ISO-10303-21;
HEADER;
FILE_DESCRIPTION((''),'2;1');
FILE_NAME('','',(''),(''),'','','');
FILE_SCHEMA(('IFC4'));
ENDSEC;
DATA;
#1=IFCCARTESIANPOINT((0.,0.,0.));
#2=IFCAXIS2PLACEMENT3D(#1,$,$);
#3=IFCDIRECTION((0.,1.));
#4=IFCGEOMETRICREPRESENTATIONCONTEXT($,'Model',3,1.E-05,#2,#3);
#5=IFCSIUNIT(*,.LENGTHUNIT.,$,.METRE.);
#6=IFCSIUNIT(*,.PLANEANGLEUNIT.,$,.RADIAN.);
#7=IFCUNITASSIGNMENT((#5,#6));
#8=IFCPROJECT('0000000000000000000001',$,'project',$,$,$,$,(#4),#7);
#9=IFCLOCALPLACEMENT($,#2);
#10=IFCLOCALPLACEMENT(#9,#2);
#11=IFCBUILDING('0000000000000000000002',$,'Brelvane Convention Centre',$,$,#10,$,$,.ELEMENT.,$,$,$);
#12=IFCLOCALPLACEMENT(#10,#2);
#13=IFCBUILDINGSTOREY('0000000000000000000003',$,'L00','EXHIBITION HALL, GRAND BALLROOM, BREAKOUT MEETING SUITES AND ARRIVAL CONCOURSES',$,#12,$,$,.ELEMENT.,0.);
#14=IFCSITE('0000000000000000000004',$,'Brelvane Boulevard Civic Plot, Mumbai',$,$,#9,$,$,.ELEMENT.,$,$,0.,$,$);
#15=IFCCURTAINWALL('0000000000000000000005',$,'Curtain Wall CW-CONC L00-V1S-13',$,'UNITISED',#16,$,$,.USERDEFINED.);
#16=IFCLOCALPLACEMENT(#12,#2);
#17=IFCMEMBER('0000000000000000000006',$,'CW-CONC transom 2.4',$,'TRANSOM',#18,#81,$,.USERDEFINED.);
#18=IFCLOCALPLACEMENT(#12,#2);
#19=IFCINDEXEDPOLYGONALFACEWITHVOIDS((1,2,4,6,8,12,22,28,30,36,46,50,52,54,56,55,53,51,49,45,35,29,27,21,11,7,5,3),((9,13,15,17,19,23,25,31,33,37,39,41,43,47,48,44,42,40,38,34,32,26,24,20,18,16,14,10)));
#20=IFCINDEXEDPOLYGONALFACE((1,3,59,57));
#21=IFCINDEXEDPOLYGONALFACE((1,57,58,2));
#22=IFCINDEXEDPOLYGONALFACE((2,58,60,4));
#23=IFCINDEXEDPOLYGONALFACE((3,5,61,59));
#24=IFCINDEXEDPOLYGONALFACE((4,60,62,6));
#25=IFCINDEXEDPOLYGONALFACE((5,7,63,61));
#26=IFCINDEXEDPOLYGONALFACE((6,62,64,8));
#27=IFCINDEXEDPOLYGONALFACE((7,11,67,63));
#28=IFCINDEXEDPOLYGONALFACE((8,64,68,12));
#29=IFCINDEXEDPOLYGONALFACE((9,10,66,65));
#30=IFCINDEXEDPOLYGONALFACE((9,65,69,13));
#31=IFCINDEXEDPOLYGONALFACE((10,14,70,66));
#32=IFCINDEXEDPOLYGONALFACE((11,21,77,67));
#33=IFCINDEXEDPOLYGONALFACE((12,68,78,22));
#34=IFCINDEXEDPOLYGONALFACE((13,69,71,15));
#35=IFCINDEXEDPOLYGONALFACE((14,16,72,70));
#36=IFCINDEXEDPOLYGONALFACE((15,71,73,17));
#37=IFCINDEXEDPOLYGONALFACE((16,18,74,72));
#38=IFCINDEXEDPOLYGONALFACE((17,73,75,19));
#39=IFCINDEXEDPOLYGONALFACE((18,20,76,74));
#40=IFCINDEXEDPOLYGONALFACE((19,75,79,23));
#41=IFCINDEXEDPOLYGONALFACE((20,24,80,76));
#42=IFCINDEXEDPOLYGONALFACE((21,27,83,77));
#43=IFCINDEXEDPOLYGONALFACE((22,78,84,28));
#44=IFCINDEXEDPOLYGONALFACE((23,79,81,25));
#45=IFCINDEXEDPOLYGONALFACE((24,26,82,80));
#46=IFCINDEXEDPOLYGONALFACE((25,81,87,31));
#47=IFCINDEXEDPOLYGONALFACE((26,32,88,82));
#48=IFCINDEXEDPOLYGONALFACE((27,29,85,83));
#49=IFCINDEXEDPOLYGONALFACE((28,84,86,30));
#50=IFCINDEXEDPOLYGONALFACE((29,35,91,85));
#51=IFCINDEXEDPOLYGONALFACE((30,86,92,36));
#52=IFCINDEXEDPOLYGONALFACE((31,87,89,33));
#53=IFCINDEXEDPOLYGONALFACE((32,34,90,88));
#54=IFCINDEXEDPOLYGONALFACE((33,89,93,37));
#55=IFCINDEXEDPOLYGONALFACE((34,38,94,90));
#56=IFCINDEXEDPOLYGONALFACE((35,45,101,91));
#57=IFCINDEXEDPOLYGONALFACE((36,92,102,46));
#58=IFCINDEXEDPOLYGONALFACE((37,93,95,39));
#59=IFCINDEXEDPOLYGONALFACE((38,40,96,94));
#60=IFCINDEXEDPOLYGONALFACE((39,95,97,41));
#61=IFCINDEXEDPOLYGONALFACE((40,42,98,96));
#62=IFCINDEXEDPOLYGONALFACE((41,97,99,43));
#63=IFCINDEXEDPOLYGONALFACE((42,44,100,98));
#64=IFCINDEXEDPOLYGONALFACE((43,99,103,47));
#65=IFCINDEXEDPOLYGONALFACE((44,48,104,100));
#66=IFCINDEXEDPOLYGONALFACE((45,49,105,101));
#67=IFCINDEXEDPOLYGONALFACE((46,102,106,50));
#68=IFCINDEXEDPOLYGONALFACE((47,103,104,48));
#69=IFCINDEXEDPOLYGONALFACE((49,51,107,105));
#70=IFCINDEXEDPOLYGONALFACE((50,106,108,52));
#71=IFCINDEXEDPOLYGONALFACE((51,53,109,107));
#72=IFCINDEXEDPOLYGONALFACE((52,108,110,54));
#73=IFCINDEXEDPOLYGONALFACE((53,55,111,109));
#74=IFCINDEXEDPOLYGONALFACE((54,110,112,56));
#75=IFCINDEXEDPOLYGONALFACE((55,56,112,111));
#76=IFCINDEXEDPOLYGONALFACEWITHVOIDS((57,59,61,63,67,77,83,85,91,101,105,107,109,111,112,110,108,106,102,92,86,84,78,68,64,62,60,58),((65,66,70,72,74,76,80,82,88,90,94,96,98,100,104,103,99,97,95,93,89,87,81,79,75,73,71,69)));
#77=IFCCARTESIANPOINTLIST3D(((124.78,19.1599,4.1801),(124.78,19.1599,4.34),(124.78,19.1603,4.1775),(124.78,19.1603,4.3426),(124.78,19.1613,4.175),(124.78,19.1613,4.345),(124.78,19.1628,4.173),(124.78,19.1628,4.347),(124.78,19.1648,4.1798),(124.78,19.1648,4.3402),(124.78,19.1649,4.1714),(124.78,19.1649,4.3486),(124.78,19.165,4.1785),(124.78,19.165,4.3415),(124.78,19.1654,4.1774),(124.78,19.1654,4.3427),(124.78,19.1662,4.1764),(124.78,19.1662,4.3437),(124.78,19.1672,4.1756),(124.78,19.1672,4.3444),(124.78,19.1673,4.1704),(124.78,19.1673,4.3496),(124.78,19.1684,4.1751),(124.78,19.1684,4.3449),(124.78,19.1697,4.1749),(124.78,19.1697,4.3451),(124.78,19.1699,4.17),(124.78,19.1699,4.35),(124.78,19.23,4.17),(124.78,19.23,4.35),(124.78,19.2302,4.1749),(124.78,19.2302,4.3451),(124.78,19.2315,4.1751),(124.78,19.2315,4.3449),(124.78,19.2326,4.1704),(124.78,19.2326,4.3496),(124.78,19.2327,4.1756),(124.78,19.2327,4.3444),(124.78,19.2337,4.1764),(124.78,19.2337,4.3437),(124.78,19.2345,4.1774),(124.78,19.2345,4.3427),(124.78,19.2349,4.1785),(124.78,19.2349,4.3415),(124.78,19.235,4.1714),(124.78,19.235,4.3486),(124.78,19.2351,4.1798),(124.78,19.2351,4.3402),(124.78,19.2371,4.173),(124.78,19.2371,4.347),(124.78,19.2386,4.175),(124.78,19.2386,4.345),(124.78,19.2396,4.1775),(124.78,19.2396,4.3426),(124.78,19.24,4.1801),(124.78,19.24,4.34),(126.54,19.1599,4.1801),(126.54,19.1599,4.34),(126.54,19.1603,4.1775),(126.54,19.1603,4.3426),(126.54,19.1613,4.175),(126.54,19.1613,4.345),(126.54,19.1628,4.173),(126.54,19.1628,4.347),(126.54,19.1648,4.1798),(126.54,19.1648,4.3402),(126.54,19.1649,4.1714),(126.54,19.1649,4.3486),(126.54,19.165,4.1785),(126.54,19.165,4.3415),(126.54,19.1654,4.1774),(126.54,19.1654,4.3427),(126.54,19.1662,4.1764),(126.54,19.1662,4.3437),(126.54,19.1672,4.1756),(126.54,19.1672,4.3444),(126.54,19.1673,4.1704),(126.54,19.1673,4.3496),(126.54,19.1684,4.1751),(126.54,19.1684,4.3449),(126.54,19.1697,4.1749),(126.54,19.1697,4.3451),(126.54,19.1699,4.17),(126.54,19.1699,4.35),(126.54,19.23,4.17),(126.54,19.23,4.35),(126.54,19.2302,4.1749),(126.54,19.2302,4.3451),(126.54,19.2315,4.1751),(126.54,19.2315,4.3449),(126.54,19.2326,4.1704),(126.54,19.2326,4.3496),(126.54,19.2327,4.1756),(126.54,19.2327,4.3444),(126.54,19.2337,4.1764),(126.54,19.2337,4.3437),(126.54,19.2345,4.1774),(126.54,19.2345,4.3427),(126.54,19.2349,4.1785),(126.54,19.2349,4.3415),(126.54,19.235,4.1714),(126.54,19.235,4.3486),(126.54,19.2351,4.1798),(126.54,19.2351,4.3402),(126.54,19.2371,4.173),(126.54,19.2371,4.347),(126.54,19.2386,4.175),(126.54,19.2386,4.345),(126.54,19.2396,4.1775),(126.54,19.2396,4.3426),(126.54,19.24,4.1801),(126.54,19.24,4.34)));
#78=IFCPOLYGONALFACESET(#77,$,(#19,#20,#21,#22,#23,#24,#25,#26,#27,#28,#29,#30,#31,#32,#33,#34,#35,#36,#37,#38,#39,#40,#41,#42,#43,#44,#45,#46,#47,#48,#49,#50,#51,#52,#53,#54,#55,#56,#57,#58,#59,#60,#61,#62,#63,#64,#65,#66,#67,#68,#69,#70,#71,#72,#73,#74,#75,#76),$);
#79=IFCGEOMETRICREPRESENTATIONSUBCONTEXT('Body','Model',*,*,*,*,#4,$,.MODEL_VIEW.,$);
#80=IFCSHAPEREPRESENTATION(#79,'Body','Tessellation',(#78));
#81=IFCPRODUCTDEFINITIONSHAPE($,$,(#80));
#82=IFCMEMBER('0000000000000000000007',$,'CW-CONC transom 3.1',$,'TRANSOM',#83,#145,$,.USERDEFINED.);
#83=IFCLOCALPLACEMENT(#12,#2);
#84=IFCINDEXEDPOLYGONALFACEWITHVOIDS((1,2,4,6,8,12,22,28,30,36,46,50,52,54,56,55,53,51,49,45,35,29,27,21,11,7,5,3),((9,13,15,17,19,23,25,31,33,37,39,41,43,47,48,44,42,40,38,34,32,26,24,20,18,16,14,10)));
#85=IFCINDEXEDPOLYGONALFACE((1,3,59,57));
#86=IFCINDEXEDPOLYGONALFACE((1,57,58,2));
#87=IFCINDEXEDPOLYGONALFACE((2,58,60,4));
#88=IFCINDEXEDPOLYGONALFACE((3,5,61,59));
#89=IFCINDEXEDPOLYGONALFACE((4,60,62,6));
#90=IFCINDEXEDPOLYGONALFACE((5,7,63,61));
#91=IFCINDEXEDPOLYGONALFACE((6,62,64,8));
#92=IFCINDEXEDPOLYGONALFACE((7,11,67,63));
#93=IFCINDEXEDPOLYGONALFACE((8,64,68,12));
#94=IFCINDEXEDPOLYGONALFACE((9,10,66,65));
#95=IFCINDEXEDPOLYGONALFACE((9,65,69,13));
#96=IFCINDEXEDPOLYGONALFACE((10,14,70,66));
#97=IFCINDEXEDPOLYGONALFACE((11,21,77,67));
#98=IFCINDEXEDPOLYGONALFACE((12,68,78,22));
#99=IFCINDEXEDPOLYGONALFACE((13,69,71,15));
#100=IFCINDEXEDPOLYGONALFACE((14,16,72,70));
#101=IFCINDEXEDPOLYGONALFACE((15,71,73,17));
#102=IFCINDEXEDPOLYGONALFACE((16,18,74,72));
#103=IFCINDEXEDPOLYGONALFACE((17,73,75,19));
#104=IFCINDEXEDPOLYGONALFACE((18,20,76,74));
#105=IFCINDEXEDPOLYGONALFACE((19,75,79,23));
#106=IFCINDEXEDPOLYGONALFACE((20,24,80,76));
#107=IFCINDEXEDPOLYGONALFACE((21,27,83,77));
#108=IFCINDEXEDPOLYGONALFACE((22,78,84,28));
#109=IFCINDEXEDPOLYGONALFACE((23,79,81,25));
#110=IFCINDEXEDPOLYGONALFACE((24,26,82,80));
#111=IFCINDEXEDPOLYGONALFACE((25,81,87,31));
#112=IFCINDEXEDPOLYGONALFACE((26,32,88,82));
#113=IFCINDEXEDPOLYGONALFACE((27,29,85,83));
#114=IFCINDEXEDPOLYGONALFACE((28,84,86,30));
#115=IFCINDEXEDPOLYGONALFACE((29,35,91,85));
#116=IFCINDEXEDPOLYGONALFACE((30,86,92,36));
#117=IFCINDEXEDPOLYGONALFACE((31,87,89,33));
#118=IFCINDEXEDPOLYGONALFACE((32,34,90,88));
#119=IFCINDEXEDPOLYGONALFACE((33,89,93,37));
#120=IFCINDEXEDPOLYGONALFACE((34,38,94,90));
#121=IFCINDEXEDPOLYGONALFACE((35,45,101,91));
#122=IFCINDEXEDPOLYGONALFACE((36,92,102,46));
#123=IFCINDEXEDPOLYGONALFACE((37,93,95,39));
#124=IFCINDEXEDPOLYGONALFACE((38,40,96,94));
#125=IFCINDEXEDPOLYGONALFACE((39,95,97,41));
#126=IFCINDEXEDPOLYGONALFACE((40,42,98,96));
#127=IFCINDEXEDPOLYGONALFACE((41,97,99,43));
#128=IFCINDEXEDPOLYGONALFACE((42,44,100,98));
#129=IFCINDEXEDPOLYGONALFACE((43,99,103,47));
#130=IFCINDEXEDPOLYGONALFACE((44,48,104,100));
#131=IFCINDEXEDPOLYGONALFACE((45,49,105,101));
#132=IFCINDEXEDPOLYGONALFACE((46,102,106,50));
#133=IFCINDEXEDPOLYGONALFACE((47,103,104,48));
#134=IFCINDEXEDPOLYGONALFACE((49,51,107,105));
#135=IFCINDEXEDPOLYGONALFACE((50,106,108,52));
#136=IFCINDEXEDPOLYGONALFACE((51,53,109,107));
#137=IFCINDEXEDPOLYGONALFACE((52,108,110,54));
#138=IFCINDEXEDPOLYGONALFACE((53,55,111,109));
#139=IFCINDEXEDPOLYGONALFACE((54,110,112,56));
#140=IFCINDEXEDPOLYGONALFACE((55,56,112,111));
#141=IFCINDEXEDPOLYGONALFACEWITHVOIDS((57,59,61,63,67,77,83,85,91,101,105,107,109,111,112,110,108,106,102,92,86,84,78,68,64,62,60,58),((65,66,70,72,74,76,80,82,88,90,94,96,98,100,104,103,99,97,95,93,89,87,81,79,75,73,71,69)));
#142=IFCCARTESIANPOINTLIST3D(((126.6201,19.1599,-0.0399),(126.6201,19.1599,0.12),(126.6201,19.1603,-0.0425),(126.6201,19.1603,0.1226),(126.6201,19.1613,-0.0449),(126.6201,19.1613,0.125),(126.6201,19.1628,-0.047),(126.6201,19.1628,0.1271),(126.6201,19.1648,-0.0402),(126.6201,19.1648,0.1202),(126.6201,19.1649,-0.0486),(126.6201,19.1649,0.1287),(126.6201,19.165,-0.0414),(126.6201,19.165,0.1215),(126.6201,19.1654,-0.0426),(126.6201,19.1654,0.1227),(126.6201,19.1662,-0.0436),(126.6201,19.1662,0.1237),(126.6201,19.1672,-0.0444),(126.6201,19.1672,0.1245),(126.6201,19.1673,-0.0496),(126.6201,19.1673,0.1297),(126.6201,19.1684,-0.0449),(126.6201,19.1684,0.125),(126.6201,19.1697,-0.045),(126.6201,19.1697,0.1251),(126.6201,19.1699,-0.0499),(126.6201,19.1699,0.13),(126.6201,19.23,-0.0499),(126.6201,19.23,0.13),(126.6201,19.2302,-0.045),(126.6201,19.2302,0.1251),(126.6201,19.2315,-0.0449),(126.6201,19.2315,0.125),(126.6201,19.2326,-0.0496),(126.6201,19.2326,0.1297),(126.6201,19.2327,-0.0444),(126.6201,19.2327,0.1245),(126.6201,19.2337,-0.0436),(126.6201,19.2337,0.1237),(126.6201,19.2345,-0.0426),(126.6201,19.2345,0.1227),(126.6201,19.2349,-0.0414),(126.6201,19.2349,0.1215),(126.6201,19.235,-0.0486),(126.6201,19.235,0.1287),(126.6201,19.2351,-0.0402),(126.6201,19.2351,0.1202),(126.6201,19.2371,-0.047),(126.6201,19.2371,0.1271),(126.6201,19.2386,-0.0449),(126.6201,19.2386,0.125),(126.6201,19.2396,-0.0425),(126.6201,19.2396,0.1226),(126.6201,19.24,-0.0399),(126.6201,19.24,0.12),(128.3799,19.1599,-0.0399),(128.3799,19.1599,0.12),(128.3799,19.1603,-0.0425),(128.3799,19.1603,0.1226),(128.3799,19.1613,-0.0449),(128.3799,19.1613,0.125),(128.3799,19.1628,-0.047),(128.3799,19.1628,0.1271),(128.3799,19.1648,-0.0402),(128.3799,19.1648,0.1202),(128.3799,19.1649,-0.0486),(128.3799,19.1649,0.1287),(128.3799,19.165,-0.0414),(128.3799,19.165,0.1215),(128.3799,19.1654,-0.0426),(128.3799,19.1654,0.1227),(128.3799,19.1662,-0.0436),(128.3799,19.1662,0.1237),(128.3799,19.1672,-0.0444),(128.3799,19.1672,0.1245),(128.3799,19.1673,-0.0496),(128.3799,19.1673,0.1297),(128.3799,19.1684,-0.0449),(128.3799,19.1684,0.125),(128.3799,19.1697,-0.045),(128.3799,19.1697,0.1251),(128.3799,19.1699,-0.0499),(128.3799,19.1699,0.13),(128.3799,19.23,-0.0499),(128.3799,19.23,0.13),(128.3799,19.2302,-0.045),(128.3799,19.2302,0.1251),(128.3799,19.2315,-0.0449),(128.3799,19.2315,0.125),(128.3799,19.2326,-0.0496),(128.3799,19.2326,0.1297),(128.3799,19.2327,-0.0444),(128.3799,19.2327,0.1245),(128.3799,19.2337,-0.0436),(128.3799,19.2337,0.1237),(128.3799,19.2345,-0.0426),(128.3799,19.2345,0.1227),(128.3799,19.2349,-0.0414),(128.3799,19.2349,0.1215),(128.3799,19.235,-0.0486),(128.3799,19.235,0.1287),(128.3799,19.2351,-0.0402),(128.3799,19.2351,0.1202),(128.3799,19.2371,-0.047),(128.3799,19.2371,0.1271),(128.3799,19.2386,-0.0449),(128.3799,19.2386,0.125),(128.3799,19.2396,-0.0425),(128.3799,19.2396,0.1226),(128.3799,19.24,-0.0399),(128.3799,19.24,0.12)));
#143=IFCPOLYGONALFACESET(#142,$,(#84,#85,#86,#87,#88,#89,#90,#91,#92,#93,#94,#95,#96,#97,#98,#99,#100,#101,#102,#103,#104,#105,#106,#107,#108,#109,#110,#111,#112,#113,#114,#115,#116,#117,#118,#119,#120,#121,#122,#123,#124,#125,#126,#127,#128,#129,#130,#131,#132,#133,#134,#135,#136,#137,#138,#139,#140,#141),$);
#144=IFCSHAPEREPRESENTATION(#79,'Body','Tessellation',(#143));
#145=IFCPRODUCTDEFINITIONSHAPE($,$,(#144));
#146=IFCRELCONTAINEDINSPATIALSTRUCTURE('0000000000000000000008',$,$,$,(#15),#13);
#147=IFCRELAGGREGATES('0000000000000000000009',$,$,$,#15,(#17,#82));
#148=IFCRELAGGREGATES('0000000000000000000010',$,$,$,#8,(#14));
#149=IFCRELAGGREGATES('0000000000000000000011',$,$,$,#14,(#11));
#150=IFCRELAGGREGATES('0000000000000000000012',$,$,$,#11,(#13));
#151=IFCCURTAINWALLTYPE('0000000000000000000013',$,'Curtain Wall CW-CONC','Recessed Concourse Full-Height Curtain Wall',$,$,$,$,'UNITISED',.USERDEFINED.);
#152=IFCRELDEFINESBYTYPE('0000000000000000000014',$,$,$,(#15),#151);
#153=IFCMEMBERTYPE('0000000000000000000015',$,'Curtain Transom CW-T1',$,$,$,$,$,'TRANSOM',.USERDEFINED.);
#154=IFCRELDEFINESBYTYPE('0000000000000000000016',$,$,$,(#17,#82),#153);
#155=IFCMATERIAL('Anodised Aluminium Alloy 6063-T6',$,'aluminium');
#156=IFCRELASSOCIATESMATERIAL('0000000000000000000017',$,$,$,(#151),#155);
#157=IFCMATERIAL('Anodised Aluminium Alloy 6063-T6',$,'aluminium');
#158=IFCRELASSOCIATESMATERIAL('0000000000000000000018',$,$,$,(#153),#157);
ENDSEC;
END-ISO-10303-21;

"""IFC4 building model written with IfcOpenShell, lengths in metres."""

from ifc_helpers import new_model, si_unit, direction, frame, origin, origin_2d, place, context, subcontext, project, spatial, hollow_rectangle, extrude, material, material_profile, profile_set, type_object, element, aggregate, save


model = new_model("IFC4")

# Units and contexts
model_context = context("Model", 3, precision=1e-05, world=origin(), true_north=direction((0.0, 1.0)))
body_context = subcontext(model_context, "Body", "Model", "MODEL_VIEW")
ifc_project = project(units=[si_unit("LENGTHUNIT", "METRE"), si_unit("PLANEANGLEUNIT", "RADIAN")], contexts=[model_context])

# Site, building, storey
site_placement = place(None, origin())
site = spatial("IfcSite", under=ifc_project, at=site_placement, Name="Brelvane Boulevard Civic Plot, Mumbai", CompositionType="ELEMENT", RefElevation=0.0)
building_placement = place(site_placement, origin())
building = spatial("IfcBuilding", under=site, at=building_placement, Name="Brelvane Convention Centre", CompositionType="ELEMENT")
storey_placement = place(building_placement, origin())
storey = spatial("IfcBuildingStorey", under=building, at=storey_placement, Name="L00", Description="EXHIBITION HALL, GRAND BALLROOM, BREAKOUT MEETING SUITES AND ARRIVAL CONCOURSES", CompositionType="ELEMENT", Elevation=0.0)

# Curtain wall, members
ifc_material_1 = material(Name="Anodised Aluminium Alloy 6063-T6", Category="aluminium")
curtain_wall_type = type_object("IfcCurtainWallType", Name="Curtain Wall CW-CONC", Description="Recessed Concourse Full-Height Curtain Wall", ElementType="UNITISED", PredefinedType="USERDEFINED", material=ifc_material_1)
curtain_wall_placement = place(storey_placement, origin())
curtain_wall = element("IfcCurtainWall", 1, at=curtain_wall_placement, inside=storey, type_object=curtain_wall_type, Name="Curtain Wall CW-CONC L00-V1S-13", ObjectType="UNITISED", PredefinedType="USERDEFINED")
ifc_material_2 = material(Name="Anodised Aluminium Alloy 6063-T6", Category="aluminium")
ifc_material_profile_1 = material_profile(ifc_material_2, hollow_rectangle(XDim=0.0801, YDim=0.1799, WallThickness=0.0049, InnerFilletRadius=0.0049, OuterFilletRadius=0.01, at=origin_2d()), Name="ALU-T 180x80x5.0")
ifc_profile_set_1 = profile_set([ifc_material_profile_1], Name="Anodised Aluminium Alloy 6063-T6")
member_type_1 = type_object("IfcMemberType", Name="Curtain Transom CW-T1", ElementType="TRANSOM", PredefinedType="USERDEFINED", material=ifc_profile_set_1)
member_1_placement = place(storey_placement, frame((124.78, 19.2, 4.26), z_axis=(1.0, 0.0, 0.0), x_axis=(0.0, 1.0, 0.0)))
member_1 = element("IfcMember", 2, at=member_1_placement, type_object=member_type_1, Name="CW-CONC transom 2.4", ObjectType="TRANSOM", PredefinedType="USERDEFINED", context=body_context, shape_type="SweptSolid", body=[
    extrude(hollow_rectangle(XDim=0.0801, YDim=0.1799, WallThickness=0.0049, InnerFilletRadius=0.0049, OuterFilletRadius=0.01, at=origin_2d()), origin(), (0.0, 0.0, 1.0), 1.76),
])
member_2_placement = place(storey_placement, frame((126.6201, 19.2, 0.04), z_axis=(1.0, 0.0, 0.0), x_axis=(0.0, 1.0, 0.0)))
member_2 = element("IfcMember", 3, at=member_2_placement, type_object=member_type_1, Name="CW-CONC transom 3.1", ObjectType="TRANSOM", PredefinedType="USERDEFINED", context=body_context, shape_type="SweptSolid", body=[
    extrude(hollow_rectangle(XDim=0.0801, YDim=0.1799, WallThickness=0.0049, InnerFilletRadius=0.0049, OuterFilletRadius=0.01, at=origin_2d()), origin(), (0.0, 0.0, 1.0), 1.7598),
])

aggregate(curtain_wall, [member_1, member_2])

save(model, "model.ifc")
